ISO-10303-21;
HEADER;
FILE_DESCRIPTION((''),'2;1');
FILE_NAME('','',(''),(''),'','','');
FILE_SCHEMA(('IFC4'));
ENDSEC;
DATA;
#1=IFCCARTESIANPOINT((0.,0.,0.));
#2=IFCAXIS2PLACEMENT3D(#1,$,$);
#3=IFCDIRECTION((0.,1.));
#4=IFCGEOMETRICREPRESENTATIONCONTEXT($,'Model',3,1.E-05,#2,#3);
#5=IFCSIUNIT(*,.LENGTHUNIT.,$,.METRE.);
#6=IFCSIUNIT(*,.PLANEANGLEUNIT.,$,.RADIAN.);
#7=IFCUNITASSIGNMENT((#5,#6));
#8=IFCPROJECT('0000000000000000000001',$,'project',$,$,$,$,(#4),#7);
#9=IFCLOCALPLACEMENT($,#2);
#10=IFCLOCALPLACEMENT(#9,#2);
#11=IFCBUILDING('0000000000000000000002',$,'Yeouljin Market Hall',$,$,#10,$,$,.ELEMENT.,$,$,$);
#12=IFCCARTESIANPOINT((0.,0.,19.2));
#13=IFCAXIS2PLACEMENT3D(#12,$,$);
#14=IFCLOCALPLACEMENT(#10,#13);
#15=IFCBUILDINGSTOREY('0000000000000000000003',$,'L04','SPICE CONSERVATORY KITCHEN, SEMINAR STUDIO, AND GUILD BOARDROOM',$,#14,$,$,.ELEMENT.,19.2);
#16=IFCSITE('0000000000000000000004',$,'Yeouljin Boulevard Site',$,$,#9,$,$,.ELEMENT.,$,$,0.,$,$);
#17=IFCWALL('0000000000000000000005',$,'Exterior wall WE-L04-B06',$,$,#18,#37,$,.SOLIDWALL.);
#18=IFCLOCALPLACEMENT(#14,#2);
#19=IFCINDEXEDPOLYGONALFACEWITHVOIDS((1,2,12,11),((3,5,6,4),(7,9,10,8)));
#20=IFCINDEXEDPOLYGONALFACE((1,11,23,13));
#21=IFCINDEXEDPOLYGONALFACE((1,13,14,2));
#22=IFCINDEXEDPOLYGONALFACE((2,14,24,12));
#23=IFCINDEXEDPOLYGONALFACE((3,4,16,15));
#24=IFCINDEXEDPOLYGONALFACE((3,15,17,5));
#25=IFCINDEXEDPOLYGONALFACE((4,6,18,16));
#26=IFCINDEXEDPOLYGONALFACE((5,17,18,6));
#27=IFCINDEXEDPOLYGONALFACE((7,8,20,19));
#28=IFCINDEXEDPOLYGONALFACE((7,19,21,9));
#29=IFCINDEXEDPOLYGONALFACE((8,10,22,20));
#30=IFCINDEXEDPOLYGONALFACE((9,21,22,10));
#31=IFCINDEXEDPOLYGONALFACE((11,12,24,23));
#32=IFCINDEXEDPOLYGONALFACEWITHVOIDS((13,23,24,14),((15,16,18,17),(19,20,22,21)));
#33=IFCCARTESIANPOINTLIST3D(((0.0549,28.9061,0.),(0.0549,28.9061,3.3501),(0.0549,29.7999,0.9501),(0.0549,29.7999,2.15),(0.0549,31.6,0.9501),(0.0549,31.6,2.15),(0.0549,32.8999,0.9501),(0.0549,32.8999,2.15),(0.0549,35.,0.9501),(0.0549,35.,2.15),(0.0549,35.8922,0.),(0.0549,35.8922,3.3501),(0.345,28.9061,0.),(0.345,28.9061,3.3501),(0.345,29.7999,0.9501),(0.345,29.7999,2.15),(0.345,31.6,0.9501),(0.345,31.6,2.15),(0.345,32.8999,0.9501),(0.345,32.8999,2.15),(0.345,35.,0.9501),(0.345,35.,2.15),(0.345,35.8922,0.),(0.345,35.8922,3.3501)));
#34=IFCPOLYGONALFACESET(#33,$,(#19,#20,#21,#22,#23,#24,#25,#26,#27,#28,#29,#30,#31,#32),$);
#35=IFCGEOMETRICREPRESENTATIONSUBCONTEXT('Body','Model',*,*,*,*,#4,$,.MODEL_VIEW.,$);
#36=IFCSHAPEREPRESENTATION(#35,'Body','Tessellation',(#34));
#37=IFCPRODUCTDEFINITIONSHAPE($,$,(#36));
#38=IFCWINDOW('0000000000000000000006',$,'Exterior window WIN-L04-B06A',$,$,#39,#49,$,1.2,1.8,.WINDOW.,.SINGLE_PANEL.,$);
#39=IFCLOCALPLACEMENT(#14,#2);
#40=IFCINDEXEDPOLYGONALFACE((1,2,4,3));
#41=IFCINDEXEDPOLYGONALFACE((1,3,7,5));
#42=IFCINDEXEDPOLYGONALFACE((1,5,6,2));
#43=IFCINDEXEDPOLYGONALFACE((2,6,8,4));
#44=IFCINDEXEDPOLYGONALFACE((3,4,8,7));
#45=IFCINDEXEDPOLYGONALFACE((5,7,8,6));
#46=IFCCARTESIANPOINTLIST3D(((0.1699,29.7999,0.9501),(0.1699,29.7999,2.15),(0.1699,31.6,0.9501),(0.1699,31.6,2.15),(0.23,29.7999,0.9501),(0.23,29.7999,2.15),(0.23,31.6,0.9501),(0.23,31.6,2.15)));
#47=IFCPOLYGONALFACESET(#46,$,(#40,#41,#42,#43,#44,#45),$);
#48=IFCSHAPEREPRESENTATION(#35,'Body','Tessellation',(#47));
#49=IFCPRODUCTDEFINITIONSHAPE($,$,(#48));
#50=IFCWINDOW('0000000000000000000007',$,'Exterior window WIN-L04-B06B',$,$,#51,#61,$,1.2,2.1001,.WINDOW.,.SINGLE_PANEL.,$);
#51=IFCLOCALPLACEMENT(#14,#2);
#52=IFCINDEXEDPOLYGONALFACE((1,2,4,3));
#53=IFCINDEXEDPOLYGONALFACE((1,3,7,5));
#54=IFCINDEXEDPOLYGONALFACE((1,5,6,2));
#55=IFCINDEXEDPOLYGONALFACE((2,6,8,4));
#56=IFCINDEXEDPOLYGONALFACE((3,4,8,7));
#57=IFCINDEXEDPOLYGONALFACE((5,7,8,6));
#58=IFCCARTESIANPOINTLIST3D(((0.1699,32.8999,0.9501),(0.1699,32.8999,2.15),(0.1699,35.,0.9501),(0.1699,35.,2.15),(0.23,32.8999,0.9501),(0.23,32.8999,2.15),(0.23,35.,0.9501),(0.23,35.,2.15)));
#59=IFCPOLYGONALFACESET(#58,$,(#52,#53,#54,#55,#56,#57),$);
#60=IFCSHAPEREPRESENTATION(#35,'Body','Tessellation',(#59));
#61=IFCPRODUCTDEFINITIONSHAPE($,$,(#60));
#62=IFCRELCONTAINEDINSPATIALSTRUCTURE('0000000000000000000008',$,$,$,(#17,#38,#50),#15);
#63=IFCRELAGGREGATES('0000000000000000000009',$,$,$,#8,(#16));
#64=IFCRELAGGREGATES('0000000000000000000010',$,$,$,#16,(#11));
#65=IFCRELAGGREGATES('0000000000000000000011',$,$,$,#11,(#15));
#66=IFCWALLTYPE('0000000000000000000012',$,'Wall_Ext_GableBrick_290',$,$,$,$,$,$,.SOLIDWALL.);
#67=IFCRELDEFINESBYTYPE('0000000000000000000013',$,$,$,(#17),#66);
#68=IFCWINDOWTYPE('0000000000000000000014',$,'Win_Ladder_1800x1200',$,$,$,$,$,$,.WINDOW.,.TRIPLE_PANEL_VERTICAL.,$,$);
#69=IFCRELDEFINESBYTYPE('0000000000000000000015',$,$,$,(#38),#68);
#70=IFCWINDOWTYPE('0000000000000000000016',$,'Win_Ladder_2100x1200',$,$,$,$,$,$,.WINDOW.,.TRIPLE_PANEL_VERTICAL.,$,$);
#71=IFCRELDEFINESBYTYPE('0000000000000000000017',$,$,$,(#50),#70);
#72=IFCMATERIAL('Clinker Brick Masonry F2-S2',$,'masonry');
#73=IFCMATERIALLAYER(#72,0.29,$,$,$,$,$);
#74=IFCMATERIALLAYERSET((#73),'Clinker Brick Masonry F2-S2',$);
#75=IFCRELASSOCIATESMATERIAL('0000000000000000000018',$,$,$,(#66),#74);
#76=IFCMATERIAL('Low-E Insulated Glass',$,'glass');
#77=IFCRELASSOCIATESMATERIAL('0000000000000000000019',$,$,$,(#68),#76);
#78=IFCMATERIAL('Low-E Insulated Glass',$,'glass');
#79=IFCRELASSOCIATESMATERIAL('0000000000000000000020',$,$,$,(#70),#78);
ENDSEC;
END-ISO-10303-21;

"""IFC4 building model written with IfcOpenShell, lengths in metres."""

from ifc_helpers import new_model, si_unit, direction, frame, frame_2d, origin, place, context, subcontext, project, spatial, rectangle, extrude, material, layer, layer_set, type_object, element, fill, save


model = new_model("IFC4")

# Units and contexts
model_context = context("Model", 3, precision=1e-05, world=origin(), true_north=direction((0.0, 1.0)))
body_context = subcontext(model_context, "Body", "Model", "MODEL_VIEW")
ifc_project = project(units=[si_unit("LENGTHUNIT", "METRE"), si_unit("PLANEANGLEUNIT", "RADIAN")], contexts=[model_context])

# Site, building, storey
site_placement = place(None, origin())
site = spatial("IfcSite", under=ifc_project, at=site_placement, Name="Yeouljin Boulevard Site", CompositionType="ELEMENT", RefElevation=0.0)
building_placement = place(site_placement, origin())
building = spatial("IfcBuilding", under=site, at=building_placement, Name="Yeouljin Market Hall", CompositionType="ELEMENT")
storey_placement = place(building_placement, frame((0.0, 0.0, 19.2)))
storey = spatial("IfcBuildingStorey", under=building, at=storey_placement, Name="L04", Description="SPICE CONSERVATORY KITCHEN, SEMINAR STUDIO, AND GUILD BOARDROOM", CompositionType="ELEMENT", Elevation=19.2)

# Wall, openings, windows
ifc_material_1 = material(Name="Clinker Brick Masonry F2-S2", Category="masonry")
ifc_layer_1 = layer(ifc_material_1, 0.29)
ifc_layer_set_1 = layer_set([ifc_layer_1], Name="Clinker Brick Masonry F2-S2")
wall_type = type_object("IfcWallType", Name="Wall_Ext_GableBrick_290", PredefinedType="SOLIDWALL", material=ifc_layer_set_1)
wall_placement = place(storey_placement, frame((0.2, 28.906, 0.0), z_axis=(0.0, 0.0, 1.0), x_axis=(0.0, 1.0, 0.0)))
wall = element("IfcWall", 1, at=wall_placement, inside=storey, type_object=wall_type, Name="Exterior wall WE-L04-B06", PredefinedType="SOLIDWALL", context=body_context, shape_type="SweptSolid", body=[
    extrude(rectangle(XDim=6.9861, YDim=0.29, at=frame_2d((3.4932, 0.0))), origin(), (0.0, 0.0, 1.0), 3.3501),
])
opening_1_placement = place(wall_placement, frame((0.894, 0.0, 0.95)))
opening_1 = element("IfcOpeningElement", 2, at=opening_1_placement, cuts=wall, PredefinedType="OPENING", context=body_context, shape_type="SweptSolid", body=[
    extrude(rectangle(XDim=1.8, YDim=1.2, at=frame_2d((0.8999, 0.6001))), frame((0.0, 0.155, 0.0), z_axis=(0.0, -1.0, 0.0), x_axis=(1.0, 0.0, 0.0)), (0.0, 0.0, 1.0), 0.3101),
])
opening_2_placement = place(wall_placement, frame((3.9939, 0.0, 0.95)))
opening_2 = element("IfcOpeningElement", 3, at=opening_2_placement, cuts=wall, PredefinedType="OPENING", context=body_context, shape_type="SweptSolid", body=[
    extrude(rectangle(XDim=2.1001, YDim=1.2, at=frame_2d((1.05, 0.6001))), frame((0.0, 0.155, 0.0), z_axis=(0.0, -1.0, 0.0), x_axis=(1.0, 0.0, 0.0)), (0.0, 0.0, 1.0), 0.3101),
])
ifc_material_2 = material(Name="Low-E Insulated Glass", Category="glass")
window_type_1 = type_object("IfcWindowType", Name="Win_Ladder_1800x1200", PartitioningType="TRIPLE_PANEL_VERTICAL", PredefinedType="WINDOW", material=ifc_material_2)
window_1_placement = place(opening_1_placement, origin())
window_1 = element("IfcWindow", 4, at=window_1_placement, inside=storey, type_object=window_type_1, Name="Exterior window WIN-L04-B06A", OverallHeight=1.2, OverallWidth=1.8, PartitioningType="SINGLE_PANEL", PredefinedType="WINDOW", context=body_context, shape_type="SweptSolid", body=[
    extrude(rectangle(XDim=1.8, YDim=1.2, at=frame_2d((0.8999, 0.6001))), frame((0.0, 0.03, 0.0), z_axis=(0.0, -1.0, 0.0), x_axis=(1.0, 0.0, 0.0)), (0.0, 0.0, 1.0), 0.0601),
])
fill(opening_1, window_1)
ifc_material_3 = material(Name="Low-E Insulated Glass", Category="glass")
window_type_2 = type_object("IfcWindowType", Name="Win_Ladder_2100x1200", PartitioningType="TRIPLE_PANEL_VERTICAL", PredefinedType="WINDOW", material=ifc_material_3)
window_2_placement = place(opening_2_placement, origin())
window_2 = element("IfcWindow", 5, at=window_2_placement, inside=storey, type_object=window_type_2, Name="Exterior window WIN-L04-B06B", OverallHeight=1.2, OverallWidth=2.1001, PartitioningType="SINGLE_PANEL", PredefinedType="WINDOW", context=body_context, shape_type="SweptSolid", body=[
    extrude(rectangle(XDim=2.1001, YDim=1.2, at=frame_2d((1.05, 0.6001))), frame((0.0, 0.03, 0.0), z_axis=(0.0, -1.0, 0.0), x_axis=(1.0, 0.0, 0.0)), (0.0, 0.0, 1.0), 0.0601),
])
fill(opening_2, window_2)

save(model, "model.ifc")
